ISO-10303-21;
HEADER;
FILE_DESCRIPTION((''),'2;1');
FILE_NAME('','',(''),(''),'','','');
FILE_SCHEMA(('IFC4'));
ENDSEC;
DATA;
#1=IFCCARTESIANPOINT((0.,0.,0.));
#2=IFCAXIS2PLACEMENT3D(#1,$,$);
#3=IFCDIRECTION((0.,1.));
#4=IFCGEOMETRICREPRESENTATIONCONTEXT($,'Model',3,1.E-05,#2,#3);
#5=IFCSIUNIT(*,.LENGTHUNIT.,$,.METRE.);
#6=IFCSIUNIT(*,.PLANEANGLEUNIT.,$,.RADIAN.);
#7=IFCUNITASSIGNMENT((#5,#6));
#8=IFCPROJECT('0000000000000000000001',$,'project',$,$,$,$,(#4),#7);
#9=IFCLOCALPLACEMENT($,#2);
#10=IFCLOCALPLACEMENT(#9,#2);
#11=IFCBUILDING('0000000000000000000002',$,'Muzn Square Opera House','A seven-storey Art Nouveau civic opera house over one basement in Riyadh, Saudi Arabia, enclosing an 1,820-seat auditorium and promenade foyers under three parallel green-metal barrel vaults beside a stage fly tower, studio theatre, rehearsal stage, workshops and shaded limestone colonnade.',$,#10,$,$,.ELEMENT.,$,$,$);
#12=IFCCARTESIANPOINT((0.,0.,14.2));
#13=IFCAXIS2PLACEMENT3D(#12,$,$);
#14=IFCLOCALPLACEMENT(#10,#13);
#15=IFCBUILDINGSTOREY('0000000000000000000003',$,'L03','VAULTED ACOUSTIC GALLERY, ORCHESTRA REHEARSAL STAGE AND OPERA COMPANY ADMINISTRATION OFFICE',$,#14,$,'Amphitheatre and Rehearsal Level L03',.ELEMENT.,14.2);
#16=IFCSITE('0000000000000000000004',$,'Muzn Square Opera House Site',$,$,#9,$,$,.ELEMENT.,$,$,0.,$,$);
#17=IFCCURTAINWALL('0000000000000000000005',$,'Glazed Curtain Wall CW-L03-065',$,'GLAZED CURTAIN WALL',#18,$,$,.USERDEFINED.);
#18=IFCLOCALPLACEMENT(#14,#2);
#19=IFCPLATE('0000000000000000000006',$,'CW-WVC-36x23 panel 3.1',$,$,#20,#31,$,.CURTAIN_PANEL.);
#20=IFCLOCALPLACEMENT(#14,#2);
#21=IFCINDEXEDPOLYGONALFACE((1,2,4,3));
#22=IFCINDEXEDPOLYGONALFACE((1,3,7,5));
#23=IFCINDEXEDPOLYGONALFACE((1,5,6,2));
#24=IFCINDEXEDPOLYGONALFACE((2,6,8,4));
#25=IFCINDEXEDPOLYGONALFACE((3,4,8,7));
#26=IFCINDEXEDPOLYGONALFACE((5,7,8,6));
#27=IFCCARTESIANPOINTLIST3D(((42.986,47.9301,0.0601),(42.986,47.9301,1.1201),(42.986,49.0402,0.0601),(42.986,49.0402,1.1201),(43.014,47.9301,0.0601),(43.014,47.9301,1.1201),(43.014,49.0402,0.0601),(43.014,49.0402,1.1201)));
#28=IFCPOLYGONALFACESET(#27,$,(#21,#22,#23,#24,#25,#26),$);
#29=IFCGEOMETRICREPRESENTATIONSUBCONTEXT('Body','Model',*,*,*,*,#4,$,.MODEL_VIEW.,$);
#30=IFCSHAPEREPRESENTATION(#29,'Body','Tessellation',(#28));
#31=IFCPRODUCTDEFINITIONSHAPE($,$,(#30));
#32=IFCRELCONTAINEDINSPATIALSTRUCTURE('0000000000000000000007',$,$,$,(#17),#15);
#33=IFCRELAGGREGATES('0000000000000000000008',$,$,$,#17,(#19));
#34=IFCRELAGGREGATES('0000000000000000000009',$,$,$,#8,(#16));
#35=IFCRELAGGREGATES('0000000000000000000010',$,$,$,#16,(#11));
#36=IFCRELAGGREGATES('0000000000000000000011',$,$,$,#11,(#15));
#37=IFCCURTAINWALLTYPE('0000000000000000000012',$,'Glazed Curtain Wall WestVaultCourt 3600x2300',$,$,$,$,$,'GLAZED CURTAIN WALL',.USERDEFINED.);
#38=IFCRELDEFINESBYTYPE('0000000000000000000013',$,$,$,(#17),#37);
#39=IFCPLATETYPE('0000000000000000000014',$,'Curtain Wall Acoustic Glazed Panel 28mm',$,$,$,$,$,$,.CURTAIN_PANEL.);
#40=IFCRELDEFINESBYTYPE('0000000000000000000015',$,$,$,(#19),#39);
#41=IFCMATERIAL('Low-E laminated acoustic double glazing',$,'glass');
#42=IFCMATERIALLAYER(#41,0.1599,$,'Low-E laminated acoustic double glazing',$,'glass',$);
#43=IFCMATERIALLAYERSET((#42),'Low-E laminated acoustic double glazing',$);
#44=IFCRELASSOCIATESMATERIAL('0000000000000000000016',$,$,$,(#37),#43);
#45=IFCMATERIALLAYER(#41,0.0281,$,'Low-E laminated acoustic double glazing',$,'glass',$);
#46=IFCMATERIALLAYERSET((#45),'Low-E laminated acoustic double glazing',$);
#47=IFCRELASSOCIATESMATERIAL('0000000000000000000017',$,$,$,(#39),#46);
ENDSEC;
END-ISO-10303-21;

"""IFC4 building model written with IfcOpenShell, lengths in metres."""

from ifc_helpers import new_model, si_unit, direction, frame, origin, origin_2d, place, context, subcontext, project, spatial, rectangle, extrude, material, layer, layer_set, type_object, element, aggregate, save


model = new_model("IFC4")

# Units and contexts
model_context = context("Model", 3, precision=1e-05, world=origin(), true_north=direction((0.0, 1.0)))
body_context = subcontext(model_context, "Body", "Model", "MODEL_VIEW")
ifc_project = project(units=[si_unit("LENGTHUNIT", "METRE"), si_unit("PLANEANGLEUNIT", "RADIAN")], contexts=[model_context])

# Site, building, storey
site_placement = place(None, origin())
site = spatial("IfcSite", under=ifc_project, at=site_placement, Name="Muzn Square Opera House Site", CompositionType="ELEMENT", RefElevation=0.0)
building_placement = place(site_placement, origin())
building = spatial("IfcBuilding", under=site, at=building_placement, Name="Muzn Square Opera House", Description="A seven-storey Art Nouveau civic opera house over one basement in Riyadh, Saudi Arabia, enclosing an 1,820-seat auditorium and promenade foyers under three parallel green-metal barrel vaults beside a stage fly tower, studio theatre, rehearsal stage, workshops and shaded limestone colonnade.", CompositionType="ELEMENT")
storey_placement = place(building_placement, frame((0.0, 0.0, 14.2)))
storey = spatial("IfcBuildingStorey", under=building, at=storey_placement, Name="L03", Description="VAULTED ACOUSTIC GALLERY, ORCHESTRA REHEARSAL STAGE AND OPERA COMPANY ADMINISTRATION OFFICE", LongName="Amphitheatre and Rehearsal Level L03", CompositionType="ELEMENT", Elevation=14.2)

# Shared definitions
ifc_material_1 = material(Name="Low-E laminated acoustic double glazing", Category="glass")
ifc_layer_1 = layer(ifc_material_1, 0.1599, Name="Low-E laminated acoustic double glazing", Category="glass")
ifc_layer_set_1 = layer_set([ifc_layer_1], Name="Low-E laminated acoustic double glazing")
curtain_wall_type = type_object("IfcCurtainWallType", Name="Glazed Curtain Wall WestVaultCourt 3600x2300", ElementType="GLAZED CURTAIN WALL", PredefinedType="USERDEFINED", material=ifc_layer_set_1)

# Curtain wall
curtain_wall_1_placement = place(storey_placement, origin())
curtain_wall_1 = element("IfcCurtainWall", 1, at=curtain_wall_1_placement, inside=storey, type_object=curtain_wall_type, Name="Glazed Curtain Wall CW-L03-065", ObjectType="GLAZED CURTAIN WALL", PredefinedType="USERDEFINED")

# Plate
ifc_layer_2 = layer(ifc_material_1, 0.0281, Name="Low-E laminated acoustic double glazing", Category="glass")
ifc_layer_set_2 = layer_set([ifc_layer_2], Name="Low-E laminated acoustic double glazing")
plate_type = type_object("IfcPlateType", Name="Curtain Wall Acoustic Glazed Panel 28mm", PredefinedType="CURTAIN_PANEL", material=ifc_layer_set_2)
plate_1_placement = place(storey_placement, frame((43.0, 48.4851, 0.0601), z_axis=(0.0, 0.0, 1.0), x_axis=(0.0, 1.0, 0.0)))
plate_1 = element("IfcPlate", 2, at=plate_1_placement, type_object=plate_type, Name="CW-WVC-36x23 panel 3.1", PredefinedType="CURTAIN_PANEL", context=body_context, shape_type="SweptSolid", body=[
    extrude(rectangle(XDim=1.1101, YDim=0.0281, at=origin_2d()), origin(), (0.0, 0.0, 1.0), 1.0601),
])
aggregate(curtain_wall_1, [plate_1])

save(model, "model.ifc")
